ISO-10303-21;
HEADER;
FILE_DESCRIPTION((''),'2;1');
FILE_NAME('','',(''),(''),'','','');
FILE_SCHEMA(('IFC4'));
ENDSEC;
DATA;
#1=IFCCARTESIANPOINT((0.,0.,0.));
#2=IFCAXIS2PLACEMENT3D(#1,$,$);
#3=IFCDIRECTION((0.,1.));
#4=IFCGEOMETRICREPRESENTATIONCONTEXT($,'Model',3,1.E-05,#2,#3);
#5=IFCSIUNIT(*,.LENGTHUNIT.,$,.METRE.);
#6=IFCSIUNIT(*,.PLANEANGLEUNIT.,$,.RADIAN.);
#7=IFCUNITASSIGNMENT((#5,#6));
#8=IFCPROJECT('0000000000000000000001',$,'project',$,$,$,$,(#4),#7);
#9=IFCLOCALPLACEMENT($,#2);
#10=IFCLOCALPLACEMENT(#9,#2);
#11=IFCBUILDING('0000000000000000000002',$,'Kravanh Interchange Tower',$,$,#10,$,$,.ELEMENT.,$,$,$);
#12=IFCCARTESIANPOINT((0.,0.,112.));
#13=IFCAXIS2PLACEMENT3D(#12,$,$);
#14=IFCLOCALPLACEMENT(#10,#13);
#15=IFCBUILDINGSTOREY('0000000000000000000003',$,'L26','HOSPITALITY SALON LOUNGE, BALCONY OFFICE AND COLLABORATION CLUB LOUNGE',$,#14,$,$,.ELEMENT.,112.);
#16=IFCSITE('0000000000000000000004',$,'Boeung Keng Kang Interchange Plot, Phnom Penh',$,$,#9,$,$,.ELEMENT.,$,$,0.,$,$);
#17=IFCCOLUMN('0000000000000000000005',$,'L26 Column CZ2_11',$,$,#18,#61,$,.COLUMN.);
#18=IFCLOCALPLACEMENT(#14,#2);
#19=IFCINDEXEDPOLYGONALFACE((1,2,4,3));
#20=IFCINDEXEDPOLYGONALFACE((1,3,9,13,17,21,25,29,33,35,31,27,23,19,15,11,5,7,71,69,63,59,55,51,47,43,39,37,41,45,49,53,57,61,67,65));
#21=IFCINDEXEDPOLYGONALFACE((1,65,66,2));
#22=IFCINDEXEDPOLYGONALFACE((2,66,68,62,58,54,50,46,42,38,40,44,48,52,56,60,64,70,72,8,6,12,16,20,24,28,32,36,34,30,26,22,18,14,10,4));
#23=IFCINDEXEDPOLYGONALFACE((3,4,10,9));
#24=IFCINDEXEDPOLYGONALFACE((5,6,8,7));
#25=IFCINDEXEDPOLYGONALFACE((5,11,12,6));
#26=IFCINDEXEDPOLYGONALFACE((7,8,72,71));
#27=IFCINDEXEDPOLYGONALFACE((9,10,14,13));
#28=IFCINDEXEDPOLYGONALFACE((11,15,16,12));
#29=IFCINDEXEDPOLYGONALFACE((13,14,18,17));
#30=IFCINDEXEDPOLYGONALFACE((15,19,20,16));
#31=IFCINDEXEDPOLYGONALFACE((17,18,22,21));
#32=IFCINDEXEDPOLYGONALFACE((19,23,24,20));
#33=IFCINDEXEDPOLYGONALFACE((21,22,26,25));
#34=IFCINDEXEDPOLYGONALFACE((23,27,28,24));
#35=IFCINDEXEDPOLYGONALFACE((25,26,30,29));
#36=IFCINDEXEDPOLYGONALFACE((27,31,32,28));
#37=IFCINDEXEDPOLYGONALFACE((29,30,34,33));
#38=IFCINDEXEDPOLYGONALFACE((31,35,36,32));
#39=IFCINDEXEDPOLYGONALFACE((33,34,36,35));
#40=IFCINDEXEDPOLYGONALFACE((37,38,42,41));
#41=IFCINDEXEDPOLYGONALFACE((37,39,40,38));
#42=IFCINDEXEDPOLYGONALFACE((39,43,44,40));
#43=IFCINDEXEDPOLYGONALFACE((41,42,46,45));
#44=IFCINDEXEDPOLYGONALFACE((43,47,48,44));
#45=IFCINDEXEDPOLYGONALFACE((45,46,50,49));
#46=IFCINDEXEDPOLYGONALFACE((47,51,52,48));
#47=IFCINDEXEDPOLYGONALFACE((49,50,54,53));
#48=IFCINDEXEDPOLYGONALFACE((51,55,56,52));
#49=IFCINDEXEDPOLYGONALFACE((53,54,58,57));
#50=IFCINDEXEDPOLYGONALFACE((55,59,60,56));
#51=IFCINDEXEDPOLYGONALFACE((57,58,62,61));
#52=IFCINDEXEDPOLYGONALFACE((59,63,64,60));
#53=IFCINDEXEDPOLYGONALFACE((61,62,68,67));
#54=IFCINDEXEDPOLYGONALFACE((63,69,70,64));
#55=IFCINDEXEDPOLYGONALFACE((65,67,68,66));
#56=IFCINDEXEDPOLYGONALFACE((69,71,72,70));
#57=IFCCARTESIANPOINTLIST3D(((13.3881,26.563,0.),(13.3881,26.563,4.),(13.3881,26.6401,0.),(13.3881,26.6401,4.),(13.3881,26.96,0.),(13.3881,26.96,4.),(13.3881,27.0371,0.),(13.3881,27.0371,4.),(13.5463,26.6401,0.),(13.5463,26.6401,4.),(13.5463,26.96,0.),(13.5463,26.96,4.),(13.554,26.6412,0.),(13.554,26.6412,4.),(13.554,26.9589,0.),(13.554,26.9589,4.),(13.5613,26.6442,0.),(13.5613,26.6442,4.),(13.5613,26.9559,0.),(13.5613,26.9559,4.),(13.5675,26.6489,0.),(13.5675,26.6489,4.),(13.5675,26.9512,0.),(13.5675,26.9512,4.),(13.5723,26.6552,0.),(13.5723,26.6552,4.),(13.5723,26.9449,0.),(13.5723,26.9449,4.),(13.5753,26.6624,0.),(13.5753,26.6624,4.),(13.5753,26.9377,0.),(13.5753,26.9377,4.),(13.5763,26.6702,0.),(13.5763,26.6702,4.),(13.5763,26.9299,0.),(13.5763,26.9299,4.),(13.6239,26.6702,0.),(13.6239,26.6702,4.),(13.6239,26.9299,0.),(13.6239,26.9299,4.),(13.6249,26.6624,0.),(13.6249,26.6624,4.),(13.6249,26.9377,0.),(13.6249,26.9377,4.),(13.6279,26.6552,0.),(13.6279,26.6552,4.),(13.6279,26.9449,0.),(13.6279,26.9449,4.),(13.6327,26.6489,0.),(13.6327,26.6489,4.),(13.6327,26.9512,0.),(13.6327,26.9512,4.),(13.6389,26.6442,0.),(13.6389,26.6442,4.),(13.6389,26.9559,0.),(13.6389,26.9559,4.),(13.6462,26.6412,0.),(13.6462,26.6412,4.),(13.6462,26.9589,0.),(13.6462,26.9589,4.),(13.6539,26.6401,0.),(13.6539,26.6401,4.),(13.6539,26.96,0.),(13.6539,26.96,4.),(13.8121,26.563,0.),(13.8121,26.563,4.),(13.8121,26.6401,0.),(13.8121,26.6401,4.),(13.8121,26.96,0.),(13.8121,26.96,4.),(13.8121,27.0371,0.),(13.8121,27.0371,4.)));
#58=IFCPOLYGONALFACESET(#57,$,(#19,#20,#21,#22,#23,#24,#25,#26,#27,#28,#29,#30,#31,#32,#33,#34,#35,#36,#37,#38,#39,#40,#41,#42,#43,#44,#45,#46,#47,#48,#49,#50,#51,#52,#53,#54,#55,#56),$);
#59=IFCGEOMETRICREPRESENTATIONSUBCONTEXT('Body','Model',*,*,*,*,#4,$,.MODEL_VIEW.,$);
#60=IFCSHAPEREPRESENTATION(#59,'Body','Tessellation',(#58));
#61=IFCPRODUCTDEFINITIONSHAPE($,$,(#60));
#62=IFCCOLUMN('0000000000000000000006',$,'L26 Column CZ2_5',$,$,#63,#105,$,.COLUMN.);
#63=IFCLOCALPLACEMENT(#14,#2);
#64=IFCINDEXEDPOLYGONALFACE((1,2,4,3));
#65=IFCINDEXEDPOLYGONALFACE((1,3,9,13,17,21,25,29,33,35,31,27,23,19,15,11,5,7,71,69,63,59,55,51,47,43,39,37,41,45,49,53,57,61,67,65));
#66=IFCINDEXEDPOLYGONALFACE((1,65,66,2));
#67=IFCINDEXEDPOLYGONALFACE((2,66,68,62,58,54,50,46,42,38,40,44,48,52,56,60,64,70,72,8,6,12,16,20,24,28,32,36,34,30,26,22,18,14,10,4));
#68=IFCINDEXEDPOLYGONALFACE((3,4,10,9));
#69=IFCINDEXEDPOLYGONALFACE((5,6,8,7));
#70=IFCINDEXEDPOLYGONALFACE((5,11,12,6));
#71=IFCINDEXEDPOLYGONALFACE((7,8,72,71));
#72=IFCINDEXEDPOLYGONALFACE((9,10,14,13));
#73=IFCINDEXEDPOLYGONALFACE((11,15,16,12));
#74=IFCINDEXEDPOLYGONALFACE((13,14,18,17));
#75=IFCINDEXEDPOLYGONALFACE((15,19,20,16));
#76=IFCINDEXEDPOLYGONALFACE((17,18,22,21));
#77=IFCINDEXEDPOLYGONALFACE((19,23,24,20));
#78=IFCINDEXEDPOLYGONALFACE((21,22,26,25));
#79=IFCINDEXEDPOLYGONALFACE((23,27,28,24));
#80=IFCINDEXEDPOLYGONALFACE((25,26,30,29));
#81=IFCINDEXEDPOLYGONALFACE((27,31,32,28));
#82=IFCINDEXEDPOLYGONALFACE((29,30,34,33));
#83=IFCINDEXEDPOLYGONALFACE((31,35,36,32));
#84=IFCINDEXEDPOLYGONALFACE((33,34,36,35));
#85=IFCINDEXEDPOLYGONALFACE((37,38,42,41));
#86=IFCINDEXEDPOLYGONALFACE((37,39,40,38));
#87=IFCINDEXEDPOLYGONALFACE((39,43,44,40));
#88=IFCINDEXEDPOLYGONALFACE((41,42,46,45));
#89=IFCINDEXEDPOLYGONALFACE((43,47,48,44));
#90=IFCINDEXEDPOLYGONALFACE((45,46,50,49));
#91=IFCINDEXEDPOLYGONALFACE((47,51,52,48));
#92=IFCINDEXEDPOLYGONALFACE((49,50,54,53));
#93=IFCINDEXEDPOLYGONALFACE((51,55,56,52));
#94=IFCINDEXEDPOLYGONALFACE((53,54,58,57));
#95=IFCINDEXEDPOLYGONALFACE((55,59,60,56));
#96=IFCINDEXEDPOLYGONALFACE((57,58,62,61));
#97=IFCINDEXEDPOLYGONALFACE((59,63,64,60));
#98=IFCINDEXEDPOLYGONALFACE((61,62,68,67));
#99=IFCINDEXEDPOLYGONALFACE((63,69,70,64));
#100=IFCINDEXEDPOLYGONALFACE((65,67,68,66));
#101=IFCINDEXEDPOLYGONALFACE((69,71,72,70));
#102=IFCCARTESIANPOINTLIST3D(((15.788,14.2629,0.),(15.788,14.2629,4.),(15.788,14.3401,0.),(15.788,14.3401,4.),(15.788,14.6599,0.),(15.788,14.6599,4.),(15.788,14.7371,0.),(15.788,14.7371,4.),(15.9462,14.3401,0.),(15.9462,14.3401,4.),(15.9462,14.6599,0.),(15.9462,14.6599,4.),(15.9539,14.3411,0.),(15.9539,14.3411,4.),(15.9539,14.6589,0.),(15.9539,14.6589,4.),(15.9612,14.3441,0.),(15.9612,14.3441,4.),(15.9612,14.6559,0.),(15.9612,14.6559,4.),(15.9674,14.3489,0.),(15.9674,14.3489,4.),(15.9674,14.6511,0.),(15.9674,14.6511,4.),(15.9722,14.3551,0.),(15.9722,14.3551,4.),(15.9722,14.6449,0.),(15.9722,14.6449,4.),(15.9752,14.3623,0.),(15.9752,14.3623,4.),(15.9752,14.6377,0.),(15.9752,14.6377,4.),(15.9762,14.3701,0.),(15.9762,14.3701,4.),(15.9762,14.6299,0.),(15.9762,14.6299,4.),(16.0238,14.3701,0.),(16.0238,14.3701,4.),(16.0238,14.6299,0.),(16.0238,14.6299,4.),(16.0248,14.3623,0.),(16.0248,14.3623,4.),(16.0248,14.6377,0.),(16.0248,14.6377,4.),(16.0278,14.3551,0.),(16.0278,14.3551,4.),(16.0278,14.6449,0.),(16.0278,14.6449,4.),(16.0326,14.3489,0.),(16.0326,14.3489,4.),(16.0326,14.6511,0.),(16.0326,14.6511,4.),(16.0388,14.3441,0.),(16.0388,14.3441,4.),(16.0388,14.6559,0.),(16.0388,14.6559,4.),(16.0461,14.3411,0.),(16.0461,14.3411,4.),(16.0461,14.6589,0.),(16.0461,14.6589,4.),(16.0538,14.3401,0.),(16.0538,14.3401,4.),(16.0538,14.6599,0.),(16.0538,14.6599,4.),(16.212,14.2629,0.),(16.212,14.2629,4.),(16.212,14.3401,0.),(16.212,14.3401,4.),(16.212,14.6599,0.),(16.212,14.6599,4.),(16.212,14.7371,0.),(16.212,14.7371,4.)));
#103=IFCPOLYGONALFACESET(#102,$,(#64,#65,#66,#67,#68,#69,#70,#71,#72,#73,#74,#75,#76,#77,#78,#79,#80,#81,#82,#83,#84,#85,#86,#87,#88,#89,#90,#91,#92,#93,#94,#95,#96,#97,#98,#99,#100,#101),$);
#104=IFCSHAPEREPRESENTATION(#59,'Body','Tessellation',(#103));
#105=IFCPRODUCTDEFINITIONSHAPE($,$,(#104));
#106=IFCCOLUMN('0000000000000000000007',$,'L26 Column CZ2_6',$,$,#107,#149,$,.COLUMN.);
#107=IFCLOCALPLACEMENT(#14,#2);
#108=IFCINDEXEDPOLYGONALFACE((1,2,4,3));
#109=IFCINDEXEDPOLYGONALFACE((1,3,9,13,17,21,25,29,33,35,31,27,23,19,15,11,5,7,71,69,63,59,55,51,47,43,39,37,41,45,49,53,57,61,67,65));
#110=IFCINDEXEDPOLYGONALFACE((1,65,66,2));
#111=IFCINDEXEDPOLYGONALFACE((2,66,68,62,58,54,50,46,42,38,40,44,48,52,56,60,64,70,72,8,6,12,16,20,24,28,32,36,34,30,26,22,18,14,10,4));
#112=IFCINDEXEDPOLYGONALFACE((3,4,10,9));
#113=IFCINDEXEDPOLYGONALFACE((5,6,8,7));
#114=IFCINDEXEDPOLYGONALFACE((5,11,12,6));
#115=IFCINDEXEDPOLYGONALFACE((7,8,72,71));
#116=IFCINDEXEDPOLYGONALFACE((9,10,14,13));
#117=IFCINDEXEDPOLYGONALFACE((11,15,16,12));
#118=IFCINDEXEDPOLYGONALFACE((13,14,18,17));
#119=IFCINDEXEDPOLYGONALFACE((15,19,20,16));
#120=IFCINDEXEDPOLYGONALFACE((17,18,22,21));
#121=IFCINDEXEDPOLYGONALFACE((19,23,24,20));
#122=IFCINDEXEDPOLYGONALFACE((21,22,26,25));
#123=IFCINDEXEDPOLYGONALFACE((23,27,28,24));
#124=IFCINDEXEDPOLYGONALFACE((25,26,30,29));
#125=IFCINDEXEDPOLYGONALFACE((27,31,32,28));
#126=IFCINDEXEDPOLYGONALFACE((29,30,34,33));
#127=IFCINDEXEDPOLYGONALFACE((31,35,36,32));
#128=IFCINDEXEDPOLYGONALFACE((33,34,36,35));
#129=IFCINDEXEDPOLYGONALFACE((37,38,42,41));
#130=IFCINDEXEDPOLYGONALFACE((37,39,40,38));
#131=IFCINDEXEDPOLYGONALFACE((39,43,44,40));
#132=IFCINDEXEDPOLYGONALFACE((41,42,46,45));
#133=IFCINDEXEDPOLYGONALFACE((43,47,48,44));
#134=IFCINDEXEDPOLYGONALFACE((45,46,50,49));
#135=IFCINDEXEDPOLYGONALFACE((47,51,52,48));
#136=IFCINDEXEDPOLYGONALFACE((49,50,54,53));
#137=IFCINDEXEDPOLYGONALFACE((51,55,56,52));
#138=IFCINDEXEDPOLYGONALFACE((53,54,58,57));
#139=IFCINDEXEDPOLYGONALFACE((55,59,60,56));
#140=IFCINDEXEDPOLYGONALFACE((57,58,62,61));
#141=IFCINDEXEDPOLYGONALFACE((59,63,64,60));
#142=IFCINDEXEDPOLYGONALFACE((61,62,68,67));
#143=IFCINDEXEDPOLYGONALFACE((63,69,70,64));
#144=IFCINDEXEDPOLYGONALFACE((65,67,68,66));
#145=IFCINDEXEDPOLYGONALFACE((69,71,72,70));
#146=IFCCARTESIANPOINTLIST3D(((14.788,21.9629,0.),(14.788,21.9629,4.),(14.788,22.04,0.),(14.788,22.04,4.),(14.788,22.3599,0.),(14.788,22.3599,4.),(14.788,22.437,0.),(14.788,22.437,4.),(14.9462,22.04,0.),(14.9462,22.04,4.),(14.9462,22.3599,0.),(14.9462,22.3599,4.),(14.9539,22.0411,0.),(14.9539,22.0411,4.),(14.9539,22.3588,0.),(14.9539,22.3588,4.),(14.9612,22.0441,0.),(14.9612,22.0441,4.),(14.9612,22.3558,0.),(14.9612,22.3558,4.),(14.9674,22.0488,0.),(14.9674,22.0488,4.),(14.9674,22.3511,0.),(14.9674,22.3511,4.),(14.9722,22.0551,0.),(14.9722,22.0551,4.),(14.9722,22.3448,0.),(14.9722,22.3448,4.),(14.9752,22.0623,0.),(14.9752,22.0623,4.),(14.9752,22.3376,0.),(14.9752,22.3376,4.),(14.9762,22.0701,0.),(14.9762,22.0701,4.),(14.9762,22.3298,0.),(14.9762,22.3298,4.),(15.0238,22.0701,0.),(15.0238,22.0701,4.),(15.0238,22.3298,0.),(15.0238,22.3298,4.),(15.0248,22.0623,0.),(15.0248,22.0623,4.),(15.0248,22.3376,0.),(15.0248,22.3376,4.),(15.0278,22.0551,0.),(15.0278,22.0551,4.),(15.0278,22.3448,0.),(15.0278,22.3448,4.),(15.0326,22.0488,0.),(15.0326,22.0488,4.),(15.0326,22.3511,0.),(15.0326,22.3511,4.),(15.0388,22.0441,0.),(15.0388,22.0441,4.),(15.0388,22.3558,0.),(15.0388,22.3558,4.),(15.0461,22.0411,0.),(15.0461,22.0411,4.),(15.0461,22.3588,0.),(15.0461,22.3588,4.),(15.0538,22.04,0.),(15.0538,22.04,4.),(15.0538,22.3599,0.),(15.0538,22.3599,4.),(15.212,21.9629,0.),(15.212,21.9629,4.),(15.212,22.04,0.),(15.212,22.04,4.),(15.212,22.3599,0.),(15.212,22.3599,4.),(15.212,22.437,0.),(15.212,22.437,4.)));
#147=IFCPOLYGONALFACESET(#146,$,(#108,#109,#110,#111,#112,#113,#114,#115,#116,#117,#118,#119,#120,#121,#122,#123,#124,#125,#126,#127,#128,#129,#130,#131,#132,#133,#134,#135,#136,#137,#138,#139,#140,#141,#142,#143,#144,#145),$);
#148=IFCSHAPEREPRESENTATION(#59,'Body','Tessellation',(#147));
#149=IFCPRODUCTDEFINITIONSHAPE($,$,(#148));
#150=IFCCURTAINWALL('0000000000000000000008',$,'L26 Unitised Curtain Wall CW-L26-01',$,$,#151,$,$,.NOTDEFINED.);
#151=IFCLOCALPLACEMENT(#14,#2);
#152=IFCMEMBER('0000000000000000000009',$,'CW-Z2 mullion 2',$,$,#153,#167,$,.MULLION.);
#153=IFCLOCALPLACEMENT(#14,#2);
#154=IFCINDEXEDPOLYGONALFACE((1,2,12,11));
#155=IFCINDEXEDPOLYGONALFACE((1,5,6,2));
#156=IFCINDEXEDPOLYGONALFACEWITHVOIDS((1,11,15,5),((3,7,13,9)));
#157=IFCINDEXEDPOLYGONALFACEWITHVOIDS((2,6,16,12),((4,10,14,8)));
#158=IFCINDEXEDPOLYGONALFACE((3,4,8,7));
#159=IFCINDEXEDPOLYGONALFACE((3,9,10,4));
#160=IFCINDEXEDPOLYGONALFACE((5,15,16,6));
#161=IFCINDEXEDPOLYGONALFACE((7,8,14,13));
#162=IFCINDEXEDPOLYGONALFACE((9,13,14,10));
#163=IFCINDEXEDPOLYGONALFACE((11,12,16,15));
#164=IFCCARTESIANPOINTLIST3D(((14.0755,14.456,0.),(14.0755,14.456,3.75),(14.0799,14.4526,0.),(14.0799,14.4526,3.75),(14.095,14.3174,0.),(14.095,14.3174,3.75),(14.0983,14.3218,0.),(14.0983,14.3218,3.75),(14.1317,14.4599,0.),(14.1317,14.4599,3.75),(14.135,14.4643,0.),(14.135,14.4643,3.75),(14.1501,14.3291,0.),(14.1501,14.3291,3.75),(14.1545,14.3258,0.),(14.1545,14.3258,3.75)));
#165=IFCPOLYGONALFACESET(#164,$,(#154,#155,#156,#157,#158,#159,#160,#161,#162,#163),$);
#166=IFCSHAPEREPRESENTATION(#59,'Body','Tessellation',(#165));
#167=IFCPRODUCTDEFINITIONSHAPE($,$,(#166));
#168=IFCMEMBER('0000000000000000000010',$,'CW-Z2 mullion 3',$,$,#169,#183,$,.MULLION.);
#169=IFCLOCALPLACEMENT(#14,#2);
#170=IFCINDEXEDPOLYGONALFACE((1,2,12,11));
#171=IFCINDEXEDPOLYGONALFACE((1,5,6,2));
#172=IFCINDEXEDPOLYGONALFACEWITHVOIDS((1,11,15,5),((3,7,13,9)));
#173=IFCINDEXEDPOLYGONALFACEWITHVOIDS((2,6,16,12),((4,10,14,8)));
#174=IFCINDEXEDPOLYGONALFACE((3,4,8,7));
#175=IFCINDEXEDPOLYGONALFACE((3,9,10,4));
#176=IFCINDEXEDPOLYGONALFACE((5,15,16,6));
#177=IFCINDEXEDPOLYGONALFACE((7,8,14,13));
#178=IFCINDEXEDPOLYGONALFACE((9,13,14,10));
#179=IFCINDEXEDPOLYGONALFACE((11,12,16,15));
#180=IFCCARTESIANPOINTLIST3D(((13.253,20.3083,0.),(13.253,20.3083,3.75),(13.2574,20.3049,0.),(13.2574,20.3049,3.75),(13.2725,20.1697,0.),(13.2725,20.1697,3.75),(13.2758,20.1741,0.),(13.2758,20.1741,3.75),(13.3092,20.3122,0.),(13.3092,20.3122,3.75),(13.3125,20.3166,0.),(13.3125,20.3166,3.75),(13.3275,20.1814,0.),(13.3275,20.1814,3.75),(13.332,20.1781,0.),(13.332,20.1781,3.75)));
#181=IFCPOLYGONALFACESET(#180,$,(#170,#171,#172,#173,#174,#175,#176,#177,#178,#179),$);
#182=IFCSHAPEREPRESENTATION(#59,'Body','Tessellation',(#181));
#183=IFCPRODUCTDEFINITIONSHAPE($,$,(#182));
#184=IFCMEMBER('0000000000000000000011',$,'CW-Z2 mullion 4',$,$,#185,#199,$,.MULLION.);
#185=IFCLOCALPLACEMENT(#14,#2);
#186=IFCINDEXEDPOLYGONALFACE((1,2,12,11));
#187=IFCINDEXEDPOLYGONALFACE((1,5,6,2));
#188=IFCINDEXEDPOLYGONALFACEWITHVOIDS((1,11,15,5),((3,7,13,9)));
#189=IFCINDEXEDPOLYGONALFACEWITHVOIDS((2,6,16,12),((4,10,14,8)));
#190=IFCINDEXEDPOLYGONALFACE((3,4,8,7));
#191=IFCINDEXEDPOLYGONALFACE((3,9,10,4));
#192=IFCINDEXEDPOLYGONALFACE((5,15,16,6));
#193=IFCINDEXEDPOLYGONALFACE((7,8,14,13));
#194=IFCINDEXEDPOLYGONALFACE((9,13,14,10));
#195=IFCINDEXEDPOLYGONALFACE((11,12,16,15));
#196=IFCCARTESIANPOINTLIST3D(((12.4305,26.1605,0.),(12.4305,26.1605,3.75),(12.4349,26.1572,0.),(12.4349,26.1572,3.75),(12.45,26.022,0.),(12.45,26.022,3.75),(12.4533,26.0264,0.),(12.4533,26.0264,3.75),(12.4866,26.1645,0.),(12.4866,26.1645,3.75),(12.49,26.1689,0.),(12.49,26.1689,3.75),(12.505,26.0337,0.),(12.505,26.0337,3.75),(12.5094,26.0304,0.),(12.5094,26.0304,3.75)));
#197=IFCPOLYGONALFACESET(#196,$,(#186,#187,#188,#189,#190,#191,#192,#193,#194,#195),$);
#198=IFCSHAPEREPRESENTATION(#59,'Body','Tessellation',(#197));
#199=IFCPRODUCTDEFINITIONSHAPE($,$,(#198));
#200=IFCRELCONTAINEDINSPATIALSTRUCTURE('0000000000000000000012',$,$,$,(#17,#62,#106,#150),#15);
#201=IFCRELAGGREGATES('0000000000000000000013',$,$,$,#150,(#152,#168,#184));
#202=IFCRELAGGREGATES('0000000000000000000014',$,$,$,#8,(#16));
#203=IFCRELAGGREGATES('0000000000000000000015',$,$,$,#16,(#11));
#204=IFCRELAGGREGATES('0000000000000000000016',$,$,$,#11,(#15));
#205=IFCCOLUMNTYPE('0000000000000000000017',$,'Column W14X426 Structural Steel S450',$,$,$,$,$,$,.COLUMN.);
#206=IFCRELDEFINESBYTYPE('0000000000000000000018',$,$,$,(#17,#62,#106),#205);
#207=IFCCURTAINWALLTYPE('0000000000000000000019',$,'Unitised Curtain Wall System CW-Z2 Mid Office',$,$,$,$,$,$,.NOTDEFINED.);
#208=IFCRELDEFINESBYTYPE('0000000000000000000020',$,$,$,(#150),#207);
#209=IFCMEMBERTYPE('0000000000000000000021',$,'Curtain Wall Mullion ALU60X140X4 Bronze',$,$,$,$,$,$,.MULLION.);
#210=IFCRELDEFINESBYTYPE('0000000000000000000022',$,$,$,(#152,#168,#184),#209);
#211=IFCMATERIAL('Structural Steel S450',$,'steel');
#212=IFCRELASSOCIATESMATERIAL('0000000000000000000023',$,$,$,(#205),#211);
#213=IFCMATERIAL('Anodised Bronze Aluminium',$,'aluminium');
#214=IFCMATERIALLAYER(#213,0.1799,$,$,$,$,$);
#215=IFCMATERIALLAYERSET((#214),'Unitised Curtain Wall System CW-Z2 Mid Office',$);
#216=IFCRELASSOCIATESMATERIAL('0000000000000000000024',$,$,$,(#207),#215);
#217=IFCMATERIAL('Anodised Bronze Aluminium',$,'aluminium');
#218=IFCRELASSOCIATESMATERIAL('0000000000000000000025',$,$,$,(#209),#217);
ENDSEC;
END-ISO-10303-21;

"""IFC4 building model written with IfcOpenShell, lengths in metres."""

from ifc_helpers import new_model, si_unit, direction, frame, origin, origin_2d, place, context, subcontext, project, spatial, hollow_rectangle, i_section, extrude, material, layer, layer_set, material_profile, profile_set, type_object, element, aggregate, save


model = new_model("IFC4")

# Units and contexts
model_context = context("Model", 3, precision=1e-05, world=origin(), true_north=direction((0.0, 1.0)))
body_context = subcontext(model_context, "Body", "Model", "MODEL_VIEW")
ifc_project = project(units=[si_unit("LENGTHUNIT", "METRE"), si_unit("PLANEANGLEUNIT", "RADIAN")], contexts=[model_context])

# Site, building, storey
site_placement = place(None, origin())
site = spatial("IfcSite", under=ifc_project, at=site_placement, Name="Boeung Keng Kang Interchange Plot, Phnom Penh", CompositionType="ELEMENT", RefElevation=0.0)
building_placement = place(site_placement, origin())
building = spatial("IfcBuilding", under=site, at=building_placement, Name="Kravanh Interchange Tower", CompositionType="ELEMENT")
storey_placement = place(building_placement, frame((0.0, 0.0, 112.0)))
storey = spatial("IfcBuildingStorey", under=building, at=storey_placement, Name="L26", Description="HOSPITALITY SALON LOUNGE, BALCONY OFFICE AND COLLABORATION CLUB LOUNGE", CompositionType="ELEMENT", Elevation=112.0)

# Columns
ifc_material_1 = material(Name="Structural Steel S450", Category="steel")
ifc_material_profile_1 = material_profile(ifc_material_1, i_section(OverallWidth=0.4241, OverallDepth=0.4741, WebThickness=0.0476, FlangeThickness=0.0771, FilletRadius=0.03, at=origin_2d()), Name="W14X426")
ifc_profile_set_1 = profile_set([ifc_material_profile_1], Name="Structural Steel S450")
column_type = type_object("IfcColumnType", Name="Column W14X426 Structural Steel S450", PredefinedType="COLUMN", material=ifc_profile_set_1)
for number, where, z_axis, x_axis, name in (
    (1, (13.6001, 26.8, 0.0), (0.0, 0.0, 1.0), (1.0, 0.0, 0.0), "L26 Column CZ2_11"),
    (2, (16.0, 14.5, 0.0), (0.0, 0.0, 1.0), (1.0, 0.0, 0.0), "L26 Column CZ2_5"),
    (3, (15.0, 22.2, 0.0), (0.0, 0.0, 1.0), (1.0, 0.0, 0.0), "L26 Column CZ2_6"),
):
    element("IfcColumn", number, at=place(storey_placement, frame(where, z_axis=z_axis, x_axis=x_axis)), inside=storey, type_object=column_type, Name=name, PredefinedType="COLUMN", context=body_context, shape_type="SweptSolid", body=[
        extrude(i_section(OverallWidth=0.4241, OverallDepth=0.4741, WebThickness=0.0476, FlangeThickness=0.0771, FilletRadius=0.03, at=origin_2d()), origin(), (0.0, 0.0, 1.0), 4.0),
    ])

# Curtain wall, members
ifc_material_2 = material(Name="Anodised Bronze Aluminium", Category="aluminium")
ifc_layer_1 = layer(ifc_material_2, 0.1799)
ifc_layer_set_1 = layer_set([ifc_layer_1], Name="Unitised Curtain Wall System CW-Z2 Mid Office")
curtain_wall_type = type_object("IfcCurtainWallType", Name="Unitised Curtain Wall System CW-Z2 Mid Office", PredefinedType="NOTDEFINED", material=ifc_layer_set_1)
curtain_wall_placement = place(storey_placement, origin())
curtain_wall = element("IfcCurtainWall", 4, at=curtain_wall_placement, inside=storey, type_object=curtain_wall_type, Name="L26 Unitised Curtain Wall CW-L26-01", PredefinedType="NOTDEFINED")
ifc_material_3 = material(Name="Anodised Bronze Aluminium", Category="aluminium")
ifc_material_profile_2 = material_profile(ifc_material_3, hollow_rectangle(XDim=0.0601, YDim=0.1399, WallThickness=0.0039, at=origin_2d()), Name="ALU60X140X4")
ifc_profile_set_2 = profile_set([ifc_material_profile_2], Name="Anodised Bronze Aluminium")
member_type_1 = type_object("IfcMemberType", Name="Curtain Wall Mullion ALU60X140X4 Bronze", PredefinedType="MULLION", material=ifc_profile_set_2)
member_1_placement = place(storey_placement, frame((14.115, 14.3909, 0.0), z_axis=(0.0, 0.0, 1.0), x_axis=(-0.990268, -0.139173, 0.0)))
member_1 = element("IfcMember", 5, at=member_1_placement, type_object=member_type_1, Name="CW-Z2 mullion 2", PredefinedType="MULLION", context=body_context, shape_type="SweptSolid", body=[
    extrude(hollow_rectangle(XDim=0.0601, YDim=0.1399, WallThickness=0.0039, at=origin_2d()), origin(), (0.0, 0.0, 1.0), 3.75),
])
member_2_placement = place(storey_placement, frame((13.2925, 20.2432, 0.0), z_axis=(0.0, 0.0, 1.0), x_axis=(-0.990268, -0.139173, 0.0)))
member_2 = element("IfcMember", 6, at=member_2_placement, type_object=member_type_1, Name="CW-Z2 mullion 3", PredefinedType="MULLION", context=body_context, shape_type="SweptSolid", body=[
    extrude(hollow_rectangle(XDim=0.0601, YDim=0.1399, WallThickness=0.0039, at=origin_2d()), origin(), (0.0, 0.0, 1.0), 3.75),
])
member_3_placement = place(storey_placement, frame((12.47, 26.0955, 0.0), z_axis=(0.0, 0.0, 1.0), x_axis=(-0.990268, -0.139173, 0.0)))
member_3 = element("IfcMember", 7, at=member_3_placement, type_object=member_type_1, Name="CW-Z2 mullion 4", PredefinedType="MULLION", context=body_context, shape_type="SweptSolid", body=[
    extrude(hollow_rectangle(XDim=0.0601, YDim=0.1399, WallThickness=0.0039, at=origin_2d()), origin(), (0.0, 0.0, 1.0), 3.75),
])

aggregate(curtain_wall, [member_1, member_2, member_3])

save(model, "model.ifc")
